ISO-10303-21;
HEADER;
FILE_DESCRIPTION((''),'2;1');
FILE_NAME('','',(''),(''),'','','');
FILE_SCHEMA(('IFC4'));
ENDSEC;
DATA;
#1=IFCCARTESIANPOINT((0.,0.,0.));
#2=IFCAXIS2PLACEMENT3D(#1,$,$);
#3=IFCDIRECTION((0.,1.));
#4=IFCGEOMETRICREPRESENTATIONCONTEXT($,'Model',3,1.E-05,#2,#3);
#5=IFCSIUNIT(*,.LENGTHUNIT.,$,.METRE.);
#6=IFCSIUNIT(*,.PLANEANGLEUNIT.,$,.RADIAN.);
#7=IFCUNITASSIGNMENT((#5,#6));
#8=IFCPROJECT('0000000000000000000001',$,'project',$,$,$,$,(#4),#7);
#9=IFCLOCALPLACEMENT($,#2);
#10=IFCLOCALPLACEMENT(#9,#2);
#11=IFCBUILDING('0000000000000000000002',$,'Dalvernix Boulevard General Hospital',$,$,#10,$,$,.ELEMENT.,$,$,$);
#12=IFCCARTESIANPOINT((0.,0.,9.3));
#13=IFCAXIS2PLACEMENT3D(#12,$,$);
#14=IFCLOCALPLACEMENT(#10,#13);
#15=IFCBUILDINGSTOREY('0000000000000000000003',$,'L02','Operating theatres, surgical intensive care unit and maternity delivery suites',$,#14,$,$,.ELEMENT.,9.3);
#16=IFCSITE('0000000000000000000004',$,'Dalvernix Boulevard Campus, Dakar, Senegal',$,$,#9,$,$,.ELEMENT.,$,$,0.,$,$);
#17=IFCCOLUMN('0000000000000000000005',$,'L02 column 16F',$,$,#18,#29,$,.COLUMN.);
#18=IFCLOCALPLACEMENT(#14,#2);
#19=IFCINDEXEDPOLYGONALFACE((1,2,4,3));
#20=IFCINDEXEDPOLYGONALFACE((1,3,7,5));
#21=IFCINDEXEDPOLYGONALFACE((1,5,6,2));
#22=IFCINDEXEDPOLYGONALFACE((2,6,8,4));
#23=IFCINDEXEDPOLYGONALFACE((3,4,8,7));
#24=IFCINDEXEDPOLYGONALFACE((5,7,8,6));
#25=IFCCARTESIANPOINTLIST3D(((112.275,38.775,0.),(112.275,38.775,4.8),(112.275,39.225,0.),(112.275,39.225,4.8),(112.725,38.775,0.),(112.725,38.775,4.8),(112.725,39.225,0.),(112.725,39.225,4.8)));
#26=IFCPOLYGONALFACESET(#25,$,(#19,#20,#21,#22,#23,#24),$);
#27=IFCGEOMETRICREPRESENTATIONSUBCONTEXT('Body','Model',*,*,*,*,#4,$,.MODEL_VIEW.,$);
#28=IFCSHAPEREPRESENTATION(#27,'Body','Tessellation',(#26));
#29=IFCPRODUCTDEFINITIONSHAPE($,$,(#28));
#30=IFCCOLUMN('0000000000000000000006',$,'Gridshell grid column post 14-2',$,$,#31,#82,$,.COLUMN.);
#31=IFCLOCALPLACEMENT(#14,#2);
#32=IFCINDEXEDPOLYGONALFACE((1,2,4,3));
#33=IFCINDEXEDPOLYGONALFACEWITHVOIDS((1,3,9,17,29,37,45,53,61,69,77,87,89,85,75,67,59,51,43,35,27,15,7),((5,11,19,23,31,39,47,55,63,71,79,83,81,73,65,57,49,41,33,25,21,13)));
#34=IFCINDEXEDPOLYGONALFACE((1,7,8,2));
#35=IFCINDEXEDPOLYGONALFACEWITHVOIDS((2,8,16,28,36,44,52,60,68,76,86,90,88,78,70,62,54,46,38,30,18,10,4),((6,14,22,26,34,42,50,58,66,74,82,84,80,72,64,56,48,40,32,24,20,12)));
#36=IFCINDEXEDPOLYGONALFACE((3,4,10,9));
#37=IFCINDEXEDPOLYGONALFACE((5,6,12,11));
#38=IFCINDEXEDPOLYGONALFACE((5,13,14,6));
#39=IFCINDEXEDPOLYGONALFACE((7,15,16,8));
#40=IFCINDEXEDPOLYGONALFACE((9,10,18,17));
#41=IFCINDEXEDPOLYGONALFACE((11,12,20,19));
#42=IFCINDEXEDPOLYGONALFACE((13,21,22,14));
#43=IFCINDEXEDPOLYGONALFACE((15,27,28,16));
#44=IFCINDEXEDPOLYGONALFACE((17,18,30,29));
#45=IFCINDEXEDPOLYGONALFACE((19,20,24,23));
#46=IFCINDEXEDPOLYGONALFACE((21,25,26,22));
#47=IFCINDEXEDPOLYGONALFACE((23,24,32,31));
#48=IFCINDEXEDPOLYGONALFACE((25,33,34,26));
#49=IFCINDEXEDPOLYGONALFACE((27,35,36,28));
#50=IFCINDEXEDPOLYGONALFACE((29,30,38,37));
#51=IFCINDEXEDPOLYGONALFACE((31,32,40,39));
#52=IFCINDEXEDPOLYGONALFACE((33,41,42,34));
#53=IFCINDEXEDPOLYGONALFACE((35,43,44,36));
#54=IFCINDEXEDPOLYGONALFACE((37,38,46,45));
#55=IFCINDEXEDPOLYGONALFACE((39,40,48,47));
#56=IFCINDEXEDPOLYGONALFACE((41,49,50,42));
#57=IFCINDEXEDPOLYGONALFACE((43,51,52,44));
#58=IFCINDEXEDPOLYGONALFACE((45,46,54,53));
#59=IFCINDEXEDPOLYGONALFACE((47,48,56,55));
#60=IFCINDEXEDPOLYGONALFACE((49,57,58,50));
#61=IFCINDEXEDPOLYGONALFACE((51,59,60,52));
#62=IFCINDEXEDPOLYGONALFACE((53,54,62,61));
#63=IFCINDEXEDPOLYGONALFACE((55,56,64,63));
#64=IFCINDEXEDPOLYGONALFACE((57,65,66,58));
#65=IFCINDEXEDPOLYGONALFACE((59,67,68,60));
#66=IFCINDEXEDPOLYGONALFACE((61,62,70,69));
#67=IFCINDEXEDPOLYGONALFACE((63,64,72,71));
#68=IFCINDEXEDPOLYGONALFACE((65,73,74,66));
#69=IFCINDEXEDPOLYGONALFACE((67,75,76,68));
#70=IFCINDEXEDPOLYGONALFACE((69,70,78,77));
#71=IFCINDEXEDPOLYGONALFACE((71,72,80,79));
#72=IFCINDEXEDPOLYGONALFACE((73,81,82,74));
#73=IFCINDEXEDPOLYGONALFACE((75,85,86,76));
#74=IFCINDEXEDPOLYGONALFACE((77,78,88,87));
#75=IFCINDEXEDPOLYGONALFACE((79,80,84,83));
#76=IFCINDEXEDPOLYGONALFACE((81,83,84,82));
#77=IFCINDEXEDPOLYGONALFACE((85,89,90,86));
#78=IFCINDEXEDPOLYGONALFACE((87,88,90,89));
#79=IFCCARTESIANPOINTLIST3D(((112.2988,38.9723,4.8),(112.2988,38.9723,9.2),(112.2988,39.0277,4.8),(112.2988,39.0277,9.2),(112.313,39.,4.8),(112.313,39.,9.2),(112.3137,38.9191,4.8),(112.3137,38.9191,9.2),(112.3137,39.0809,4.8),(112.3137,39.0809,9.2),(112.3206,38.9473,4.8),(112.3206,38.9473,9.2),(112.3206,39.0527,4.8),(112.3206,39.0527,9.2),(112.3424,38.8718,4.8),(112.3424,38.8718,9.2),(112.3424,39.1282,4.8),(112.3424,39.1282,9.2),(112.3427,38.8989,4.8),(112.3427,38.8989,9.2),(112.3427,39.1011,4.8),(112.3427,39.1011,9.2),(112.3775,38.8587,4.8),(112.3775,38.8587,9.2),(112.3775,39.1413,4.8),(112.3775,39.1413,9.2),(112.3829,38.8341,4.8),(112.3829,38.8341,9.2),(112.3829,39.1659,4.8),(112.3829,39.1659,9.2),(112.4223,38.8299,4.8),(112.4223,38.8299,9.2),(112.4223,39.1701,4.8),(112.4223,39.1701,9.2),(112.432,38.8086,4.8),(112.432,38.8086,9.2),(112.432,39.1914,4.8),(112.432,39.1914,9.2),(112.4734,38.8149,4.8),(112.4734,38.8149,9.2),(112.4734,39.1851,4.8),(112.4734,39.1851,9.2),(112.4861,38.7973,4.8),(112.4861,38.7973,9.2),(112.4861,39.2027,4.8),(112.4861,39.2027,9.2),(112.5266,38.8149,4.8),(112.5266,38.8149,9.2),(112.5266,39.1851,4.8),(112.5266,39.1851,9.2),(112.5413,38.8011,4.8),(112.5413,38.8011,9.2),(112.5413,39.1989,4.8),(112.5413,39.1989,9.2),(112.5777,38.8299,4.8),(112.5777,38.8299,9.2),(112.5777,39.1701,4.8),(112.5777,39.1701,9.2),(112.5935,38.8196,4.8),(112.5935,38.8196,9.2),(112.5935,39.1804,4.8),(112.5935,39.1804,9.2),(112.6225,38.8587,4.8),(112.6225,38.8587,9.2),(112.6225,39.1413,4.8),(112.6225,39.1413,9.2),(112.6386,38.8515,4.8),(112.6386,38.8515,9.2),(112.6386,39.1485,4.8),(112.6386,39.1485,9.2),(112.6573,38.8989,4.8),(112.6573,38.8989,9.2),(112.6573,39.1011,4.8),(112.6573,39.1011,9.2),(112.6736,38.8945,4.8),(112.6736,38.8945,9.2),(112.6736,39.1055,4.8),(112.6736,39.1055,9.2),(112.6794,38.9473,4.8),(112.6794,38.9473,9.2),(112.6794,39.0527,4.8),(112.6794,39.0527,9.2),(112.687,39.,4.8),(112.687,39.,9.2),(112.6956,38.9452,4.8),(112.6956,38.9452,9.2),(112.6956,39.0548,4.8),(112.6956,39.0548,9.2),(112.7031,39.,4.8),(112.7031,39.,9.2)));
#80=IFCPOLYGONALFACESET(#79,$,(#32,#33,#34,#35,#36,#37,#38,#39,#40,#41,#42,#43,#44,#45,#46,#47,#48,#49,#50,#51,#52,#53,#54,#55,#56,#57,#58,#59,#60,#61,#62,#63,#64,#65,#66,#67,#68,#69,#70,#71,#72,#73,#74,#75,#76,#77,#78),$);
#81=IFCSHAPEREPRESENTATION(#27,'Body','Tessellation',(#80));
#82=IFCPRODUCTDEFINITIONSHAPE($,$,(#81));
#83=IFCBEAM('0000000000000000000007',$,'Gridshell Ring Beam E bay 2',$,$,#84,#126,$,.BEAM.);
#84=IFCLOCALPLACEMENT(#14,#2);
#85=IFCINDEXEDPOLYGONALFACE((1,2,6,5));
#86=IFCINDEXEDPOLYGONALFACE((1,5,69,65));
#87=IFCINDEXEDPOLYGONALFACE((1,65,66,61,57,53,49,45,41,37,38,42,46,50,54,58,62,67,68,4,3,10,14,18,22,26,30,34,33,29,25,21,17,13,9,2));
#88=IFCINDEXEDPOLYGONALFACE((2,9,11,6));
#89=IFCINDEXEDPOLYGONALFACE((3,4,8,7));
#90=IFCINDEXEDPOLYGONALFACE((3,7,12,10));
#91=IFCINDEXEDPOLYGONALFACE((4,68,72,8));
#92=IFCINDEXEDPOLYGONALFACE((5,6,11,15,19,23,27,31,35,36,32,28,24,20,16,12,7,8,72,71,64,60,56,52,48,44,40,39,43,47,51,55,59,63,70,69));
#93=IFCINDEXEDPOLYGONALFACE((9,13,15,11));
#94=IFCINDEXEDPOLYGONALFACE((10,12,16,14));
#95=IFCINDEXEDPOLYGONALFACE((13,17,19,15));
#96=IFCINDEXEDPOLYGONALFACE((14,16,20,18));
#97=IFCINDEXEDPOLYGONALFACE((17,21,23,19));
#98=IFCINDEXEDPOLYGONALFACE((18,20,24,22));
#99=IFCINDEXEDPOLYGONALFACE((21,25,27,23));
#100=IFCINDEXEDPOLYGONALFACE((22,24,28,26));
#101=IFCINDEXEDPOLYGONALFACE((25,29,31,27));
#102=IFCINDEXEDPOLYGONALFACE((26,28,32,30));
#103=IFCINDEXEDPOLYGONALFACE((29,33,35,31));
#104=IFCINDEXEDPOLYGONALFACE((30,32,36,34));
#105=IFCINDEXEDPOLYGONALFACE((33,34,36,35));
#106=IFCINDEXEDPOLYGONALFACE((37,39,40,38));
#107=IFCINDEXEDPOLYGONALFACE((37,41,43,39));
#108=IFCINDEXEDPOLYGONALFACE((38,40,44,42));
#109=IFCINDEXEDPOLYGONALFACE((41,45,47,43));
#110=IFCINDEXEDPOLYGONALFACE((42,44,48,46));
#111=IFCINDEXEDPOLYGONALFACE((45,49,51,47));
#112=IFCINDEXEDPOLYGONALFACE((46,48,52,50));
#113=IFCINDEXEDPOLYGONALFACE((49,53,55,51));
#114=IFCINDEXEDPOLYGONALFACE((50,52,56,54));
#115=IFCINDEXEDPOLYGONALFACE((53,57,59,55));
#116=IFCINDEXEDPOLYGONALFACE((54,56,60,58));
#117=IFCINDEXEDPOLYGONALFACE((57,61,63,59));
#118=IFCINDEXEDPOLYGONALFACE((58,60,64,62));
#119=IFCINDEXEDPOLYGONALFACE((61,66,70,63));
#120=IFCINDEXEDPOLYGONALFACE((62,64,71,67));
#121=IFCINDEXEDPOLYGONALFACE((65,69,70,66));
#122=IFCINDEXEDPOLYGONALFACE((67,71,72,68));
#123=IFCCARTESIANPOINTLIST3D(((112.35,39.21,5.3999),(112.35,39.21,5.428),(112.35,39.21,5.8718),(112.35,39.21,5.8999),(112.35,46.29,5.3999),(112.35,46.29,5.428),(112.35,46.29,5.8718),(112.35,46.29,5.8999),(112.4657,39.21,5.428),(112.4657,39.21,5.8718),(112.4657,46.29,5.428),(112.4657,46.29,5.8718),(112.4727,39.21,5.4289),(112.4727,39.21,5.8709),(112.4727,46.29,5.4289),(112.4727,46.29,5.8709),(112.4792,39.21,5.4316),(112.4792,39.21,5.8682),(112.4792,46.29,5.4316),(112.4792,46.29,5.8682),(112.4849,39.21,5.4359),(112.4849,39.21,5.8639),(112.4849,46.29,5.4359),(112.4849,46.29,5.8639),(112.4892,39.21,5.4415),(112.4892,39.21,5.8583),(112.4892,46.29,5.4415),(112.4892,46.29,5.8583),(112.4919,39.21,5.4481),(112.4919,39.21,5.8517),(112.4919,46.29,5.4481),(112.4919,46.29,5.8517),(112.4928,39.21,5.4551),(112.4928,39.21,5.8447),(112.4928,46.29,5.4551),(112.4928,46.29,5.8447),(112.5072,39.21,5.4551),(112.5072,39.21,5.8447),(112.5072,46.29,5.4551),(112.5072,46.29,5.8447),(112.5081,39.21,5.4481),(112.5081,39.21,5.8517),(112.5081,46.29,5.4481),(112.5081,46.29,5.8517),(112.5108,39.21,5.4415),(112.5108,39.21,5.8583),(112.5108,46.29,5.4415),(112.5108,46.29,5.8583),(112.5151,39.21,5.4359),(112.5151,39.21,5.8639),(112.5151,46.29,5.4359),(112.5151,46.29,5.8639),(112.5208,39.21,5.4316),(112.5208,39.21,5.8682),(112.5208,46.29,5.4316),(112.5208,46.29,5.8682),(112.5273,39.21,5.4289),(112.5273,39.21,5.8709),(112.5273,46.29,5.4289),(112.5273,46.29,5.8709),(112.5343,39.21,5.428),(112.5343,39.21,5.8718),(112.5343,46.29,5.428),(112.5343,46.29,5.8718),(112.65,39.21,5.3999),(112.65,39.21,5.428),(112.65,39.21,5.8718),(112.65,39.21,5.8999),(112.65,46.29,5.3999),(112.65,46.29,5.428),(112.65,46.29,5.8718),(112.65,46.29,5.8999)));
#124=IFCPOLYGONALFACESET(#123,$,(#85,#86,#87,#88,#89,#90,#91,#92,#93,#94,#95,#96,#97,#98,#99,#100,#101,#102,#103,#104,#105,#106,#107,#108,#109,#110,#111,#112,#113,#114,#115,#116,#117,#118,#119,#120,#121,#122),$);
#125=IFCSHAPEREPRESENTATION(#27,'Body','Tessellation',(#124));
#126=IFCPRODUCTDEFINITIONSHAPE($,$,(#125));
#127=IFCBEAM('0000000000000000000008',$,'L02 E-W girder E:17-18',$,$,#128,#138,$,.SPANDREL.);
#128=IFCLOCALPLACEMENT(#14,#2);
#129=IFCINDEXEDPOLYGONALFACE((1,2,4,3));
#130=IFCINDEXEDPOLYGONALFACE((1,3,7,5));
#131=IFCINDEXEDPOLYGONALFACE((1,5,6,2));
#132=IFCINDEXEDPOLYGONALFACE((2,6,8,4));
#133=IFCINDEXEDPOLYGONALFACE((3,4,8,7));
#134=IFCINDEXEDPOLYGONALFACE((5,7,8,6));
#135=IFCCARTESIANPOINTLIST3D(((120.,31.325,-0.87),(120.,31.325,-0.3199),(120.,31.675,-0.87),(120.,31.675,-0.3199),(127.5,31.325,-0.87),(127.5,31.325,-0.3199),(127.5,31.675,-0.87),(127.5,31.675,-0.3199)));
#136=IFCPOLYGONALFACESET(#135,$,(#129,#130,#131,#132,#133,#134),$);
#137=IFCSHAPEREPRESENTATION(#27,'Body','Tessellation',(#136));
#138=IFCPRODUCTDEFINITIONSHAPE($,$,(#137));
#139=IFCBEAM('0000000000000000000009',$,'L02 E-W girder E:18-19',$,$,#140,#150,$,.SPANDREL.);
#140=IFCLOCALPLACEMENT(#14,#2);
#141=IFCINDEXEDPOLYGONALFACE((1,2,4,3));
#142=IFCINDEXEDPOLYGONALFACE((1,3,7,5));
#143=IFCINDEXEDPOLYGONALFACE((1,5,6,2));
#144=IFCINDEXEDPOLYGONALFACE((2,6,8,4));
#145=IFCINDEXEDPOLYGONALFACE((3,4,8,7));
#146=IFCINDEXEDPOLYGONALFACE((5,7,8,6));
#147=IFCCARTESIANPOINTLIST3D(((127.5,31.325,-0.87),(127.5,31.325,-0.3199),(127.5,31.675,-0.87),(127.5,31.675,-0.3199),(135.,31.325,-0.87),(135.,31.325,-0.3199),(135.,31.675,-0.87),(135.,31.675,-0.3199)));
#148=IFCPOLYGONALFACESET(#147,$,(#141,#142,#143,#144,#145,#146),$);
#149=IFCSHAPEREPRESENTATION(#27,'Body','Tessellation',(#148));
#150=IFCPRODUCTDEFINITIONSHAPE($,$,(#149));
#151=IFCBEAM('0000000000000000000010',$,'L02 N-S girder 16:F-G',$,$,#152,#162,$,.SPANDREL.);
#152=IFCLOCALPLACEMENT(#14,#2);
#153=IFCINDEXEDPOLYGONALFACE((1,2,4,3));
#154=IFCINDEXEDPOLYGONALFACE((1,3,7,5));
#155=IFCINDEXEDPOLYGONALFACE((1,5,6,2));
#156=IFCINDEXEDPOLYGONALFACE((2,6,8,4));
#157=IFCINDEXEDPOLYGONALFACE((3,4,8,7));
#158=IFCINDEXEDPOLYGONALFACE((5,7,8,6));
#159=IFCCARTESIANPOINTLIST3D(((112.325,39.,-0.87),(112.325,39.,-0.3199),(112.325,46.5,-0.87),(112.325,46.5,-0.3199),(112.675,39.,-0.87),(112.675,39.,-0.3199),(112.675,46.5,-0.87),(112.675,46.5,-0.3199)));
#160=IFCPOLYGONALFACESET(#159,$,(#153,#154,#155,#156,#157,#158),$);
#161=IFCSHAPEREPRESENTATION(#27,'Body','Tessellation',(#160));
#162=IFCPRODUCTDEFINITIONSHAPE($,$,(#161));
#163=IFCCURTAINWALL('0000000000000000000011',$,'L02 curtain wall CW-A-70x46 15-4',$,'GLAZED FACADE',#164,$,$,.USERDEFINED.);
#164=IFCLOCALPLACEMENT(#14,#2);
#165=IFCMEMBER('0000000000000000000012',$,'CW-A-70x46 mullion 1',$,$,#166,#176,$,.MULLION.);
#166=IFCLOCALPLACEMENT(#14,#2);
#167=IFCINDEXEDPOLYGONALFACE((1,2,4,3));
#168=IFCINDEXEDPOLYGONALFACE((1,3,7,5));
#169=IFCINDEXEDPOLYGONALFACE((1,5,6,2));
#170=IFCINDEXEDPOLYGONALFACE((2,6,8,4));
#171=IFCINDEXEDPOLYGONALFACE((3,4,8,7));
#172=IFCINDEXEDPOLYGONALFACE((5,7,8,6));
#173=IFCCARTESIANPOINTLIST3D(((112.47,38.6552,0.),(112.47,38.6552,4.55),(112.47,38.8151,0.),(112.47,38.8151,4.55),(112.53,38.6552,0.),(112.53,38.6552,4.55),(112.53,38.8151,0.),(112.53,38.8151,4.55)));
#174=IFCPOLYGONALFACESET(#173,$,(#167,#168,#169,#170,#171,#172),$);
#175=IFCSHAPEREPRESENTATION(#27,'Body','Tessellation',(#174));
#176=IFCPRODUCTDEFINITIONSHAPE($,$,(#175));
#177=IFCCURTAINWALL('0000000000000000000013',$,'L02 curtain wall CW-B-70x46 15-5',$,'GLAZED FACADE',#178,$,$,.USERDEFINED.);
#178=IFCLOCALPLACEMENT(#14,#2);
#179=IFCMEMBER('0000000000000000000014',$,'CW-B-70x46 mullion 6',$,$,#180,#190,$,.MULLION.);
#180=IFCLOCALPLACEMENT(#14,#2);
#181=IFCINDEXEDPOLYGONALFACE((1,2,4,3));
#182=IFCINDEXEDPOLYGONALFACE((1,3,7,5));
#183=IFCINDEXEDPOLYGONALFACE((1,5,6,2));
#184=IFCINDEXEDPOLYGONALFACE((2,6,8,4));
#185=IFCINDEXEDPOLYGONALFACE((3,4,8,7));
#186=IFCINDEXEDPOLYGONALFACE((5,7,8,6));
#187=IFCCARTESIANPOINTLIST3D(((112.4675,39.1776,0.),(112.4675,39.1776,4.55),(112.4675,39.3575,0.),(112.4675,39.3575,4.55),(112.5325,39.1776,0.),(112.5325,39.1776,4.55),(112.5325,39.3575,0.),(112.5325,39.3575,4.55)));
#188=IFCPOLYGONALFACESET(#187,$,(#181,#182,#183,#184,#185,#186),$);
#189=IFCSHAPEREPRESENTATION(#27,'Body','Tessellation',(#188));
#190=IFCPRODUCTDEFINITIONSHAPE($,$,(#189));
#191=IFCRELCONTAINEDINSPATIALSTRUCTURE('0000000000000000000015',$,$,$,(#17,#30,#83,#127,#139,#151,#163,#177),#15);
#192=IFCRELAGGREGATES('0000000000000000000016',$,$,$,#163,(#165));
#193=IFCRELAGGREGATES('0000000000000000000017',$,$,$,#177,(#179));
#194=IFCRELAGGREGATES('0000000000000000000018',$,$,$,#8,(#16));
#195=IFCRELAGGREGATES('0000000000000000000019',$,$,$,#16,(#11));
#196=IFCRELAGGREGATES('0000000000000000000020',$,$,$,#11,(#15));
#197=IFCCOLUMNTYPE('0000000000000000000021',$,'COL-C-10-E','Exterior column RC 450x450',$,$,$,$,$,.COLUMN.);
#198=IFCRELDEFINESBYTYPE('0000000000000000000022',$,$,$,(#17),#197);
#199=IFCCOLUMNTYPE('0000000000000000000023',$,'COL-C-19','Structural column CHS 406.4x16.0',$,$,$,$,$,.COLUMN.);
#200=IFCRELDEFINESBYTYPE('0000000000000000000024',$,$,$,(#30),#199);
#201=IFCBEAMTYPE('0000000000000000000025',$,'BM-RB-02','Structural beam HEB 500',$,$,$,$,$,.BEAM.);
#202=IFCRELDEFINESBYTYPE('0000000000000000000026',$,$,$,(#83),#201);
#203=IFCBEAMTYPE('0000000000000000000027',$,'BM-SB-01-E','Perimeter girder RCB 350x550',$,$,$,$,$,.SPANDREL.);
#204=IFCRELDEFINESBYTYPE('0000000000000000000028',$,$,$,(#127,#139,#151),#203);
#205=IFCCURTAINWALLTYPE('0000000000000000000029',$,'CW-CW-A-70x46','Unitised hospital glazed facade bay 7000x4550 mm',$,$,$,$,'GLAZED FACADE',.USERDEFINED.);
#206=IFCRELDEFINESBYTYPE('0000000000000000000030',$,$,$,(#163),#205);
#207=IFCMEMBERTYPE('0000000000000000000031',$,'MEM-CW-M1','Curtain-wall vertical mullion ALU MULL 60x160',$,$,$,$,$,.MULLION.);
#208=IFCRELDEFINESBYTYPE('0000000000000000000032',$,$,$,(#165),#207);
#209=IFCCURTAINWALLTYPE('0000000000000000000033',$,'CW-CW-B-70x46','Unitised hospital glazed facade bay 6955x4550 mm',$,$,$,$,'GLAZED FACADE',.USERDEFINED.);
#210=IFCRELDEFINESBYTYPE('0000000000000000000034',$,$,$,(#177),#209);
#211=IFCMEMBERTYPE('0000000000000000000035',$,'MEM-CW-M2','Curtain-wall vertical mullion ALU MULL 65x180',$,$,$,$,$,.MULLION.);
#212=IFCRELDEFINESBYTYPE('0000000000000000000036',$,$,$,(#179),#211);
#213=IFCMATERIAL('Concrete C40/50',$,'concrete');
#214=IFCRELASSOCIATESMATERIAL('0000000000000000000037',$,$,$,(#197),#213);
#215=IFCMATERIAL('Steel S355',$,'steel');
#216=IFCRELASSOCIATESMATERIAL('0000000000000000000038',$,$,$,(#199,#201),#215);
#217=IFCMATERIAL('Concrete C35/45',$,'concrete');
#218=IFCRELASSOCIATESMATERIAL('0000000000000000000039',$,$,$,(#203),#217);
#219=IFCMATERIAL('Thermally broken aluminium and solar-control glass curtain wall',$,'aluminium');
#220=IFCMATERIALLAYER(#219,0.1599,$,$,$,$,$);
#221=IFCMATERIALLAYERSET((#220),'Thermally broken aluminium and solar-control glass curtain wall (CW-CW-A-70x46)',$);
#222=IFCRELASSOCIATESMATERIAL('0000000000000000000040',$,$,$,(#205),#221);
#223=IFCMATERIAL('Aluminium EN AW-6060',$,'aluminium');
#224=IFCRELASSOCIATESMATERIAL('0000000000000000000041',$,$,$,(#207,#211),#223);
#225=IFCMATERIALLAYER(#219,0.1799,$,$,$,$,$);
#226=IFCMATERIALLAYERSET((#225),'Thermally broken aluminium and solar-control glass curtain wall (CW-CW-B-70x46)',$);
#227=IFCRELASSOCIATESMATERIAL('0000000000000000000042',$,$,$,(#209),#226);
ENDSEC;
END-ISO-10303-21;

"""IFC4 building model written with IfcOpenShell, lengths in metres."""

from ifc_helpers import new_model, si_unit, direction, frame, origin, origin_2d, place, context, subcontext, project, spatial, rectangle, hollow_circle, i_section, extrude, material, layer, layer_set, material_profile, profile_set, type_object, element, aggregate, save


model = new_model("IFC4")

# Units and contexts
model_context = context("Model", 3, precision=1e-05, world=origin(), true_north=direction((0.0, 1.0)))
body_context = subcontext(model_context, "Body", "Model", "MODEL_VIEW")
ifc_project = project(units=[si_unit("LENGTHUNIT", "METRE"), si_unit("PLANEANGLEUNIT", "RADIAN")], contexts=[model_context])

# Site, building, storey
site_placement = place(None, origin())
site = spatial("IfcSite", under=ifc_project, at=site_placement, Name="Dalvernix Boulevard Campus, Dakar, Senegal", CompositionType="ELEMENT", RefElevation=0.0)
building_placement = place(site_placement, origin())
building = spatial("IfcBuilding", under=site, at=building_placement, Name="Dalvernix Boulevard General Hospital", CompositionType="ELEMENT")
storey_placement = place(building_placement, frame((0.0, 0.0, 9.3)))
storey = spatial("IfcBuildingStorey", under=building, at=storey_placement, Name="L02", Description="Operating theatres, surgical intensive care unit and maternity delivery suites", CompositionType="ELEMENT", Elevation=9.3)

# Columns
ifc_material_1 = material(Name="Concrete C40/50", Category="concrete")
ifc_material_profile_1 = material_profile(ifc_material_1, rectangle(XDim=0.45, YDim=0.45, at=origin_2d()), Name="RC 450x450")
ifc_profile_set_1 = profile_set([ifc_material_profile_1], Name="Concrete C40/50")
column_type_1 = type_object("IfcColumnType", Name="COL-C-10-E", Description="Exterior column RC 450x450", PredefinedType="COLUMN", material=ifc_profile_set_1)
column_1_placement = place(storey_placement, frame((112.5, 39.0, 0.0), z_axis=(0.0, 0.0, 1.0), x_axis=(1.0, 0.0, 0.0)))
element("IfcColumn", 1, at=column_1_placement, inside=storey, type_object=column_type_1, Name="L02 column 16F", PredefinedType="COLUMN", context=body_context, shape_type="SweptSolid", body=[
    extrude(rectangle(XDim=0.45, YDim=0.45, at=origin_2d()), origin(), (0.0, 0.0, 1.0), 4.8),
])
ifc_material_2 = material(Name="Steel S355", Category="steel")
ifc_material_profile_2 = material_profile(ifc_material_2, hollow_circle(Radius=0.2031, WallThickness=0.0161, at=origin_2d()), Name="CHS 406.4x16.0")
ifc_profile_set_2 = profile_set([ifc_material_profile_2], Name="Steel S355")
column_type_2 = type_object("IfcColumnType", Name="COL-C-19", Description="Structural column CHS 406.4x16.0", PredefinedType="COLUMN", material=ifc_profile_set_2)
column_2_placement = place(storey_placement, frame((112.5, 39.0, 4.8), z_axis=(0.0, 0.0, 1.0), x_axis=(1.0, 0.0, 0.0)))
element("IfcColumn", 2, at=column_2_placement, inside=storey, type_object=column_type_2, Name="Gridshell grid column post 14-2", PredefinedType="COLUMN", context=body_context, shape_type="SweptSolid", body=[
    extrude(hollow_circle(Radius=0.2031, WallThickness=0.0161, at=origin_2d()), origin(), (0.0, 0.0, 1.0), 4.3999),
])

# Beams
ifc_material_profile_3 = material_profile(ifc_material_2, i_section(OverallWidth=0.3, OverallDepth=0.5, WebThickness=0.0144, FlangeThickness=0.0281, FilletRadius=0.0271, at=origin_2d()), Name="HEB 500")
ifc_profile_set_3 = profile_set([ifc_material_profile_3], Name="Steel S355")
beam_type_1 = type_object("IfcBeamType", Name="BM-RB-02", Description="Structural beam HEB 500", PredefinedType="BEAM", material=ifc_profile_set_3)
beam_placement = place(storey_placement, frame((112.5, 39.21, 5.6499), z_axis=(0.0, 1.0, 0.0), x_axis=(-1.0, 0.0, 0.0)))
element("IfcBeam", 3, at=beam_placement, inside=storey, type_object=beam_type_1, Name="Gridshell Ring Beam E bay 2", PredefinedType="BEAM", context=body_context, shape_type="SweptSolid", body=[
    extrude(i_section(OverallWidth=0.3, OverallDepth=0.5, WebThickness=0.0144, FlangeThickness=0.0281, FilletRadius=0.0271, at=origin_2d()), origin(), (0.0, 0.0, 1.0), 7.0801),
])
ifc_material_3 = material(Name="Concrete C35/45", Category="concrete")
ifc_material_profile_4 = material_profile(ifc_material_3, rectangle(XDim=0.3501, YDim=0.55, at=origin_2d()), Name="RCB 350x550")
ifc_profile_set_4 = profile_set([ifc_material_profile_4], Name="Concrete C35/45")
beam_type_2 = type_object("IfcBeamType", Name="BM-SB-01-E", Description="Perimeter girder RCB 350x550", PredefinedType="SPANDREL", material=ifc_profile_set_4)
for number, where, z_axis, x_axis, name in (
    (4, (120.0, 31.5, -0.595), (1.0, 0.0, 0.0), (0.0, 1.0, 0.0), "L02 E-W girder E:17-18"),
    (5, (127.5, 31.5, -0.595), (1.0, 0.0, 0.0), (0.0, 1.0, 0.0), "L02 E-W girder E:18-19"),
    (6, (112.5, 39.0, -0.595), (0.0, 1.0, 0.0), (-1.0, 0.0, 0.0), "L02 N-S girder 16:F-G"),
):
    element("IfcBeam", number, at=place(storey_placement, frame(where, z_axis=z_axis, x_axis=x_axis)), inside=storey, type_object=beam_type_2, Name=name, PredefinedType="SPANDREL", context=body_context, shape_type="SweptSolid", body=[
        extrude(rectangle(XDim=0.3501, YDim=0.55, at=origin_2d()), origin(), (0.0, 0.0, 1.0), 7.5),
    ])

# Curtain walls, members
ifc_material_4 = material(Name="Thermally broken aluminium and solar-control glass curtain wall", Category="aluminium")
ifc_layer_1 = layer(ifc_material_4, 0.1599)
ifc_layer_set_1 = layer_set([ifc_layer_1], Name="Thermally broken aluminium and solar-control glass curtain wall (CW-CW-A-70x46)")
curtain_wall_type_1 = type_object("IfcCurtainWallType", Name="CW-CW-A-70x46", Description="Unitised hospital glazed facade bay 7000x4550 mm", ElementType="GLAZED FACADE", PredefinedType="USERDEFINED", material=ifc_layer_set_1)
curtain_wall_1_placement = place(storey_placement, origin())
curtain_wall_1 = element("IfcCurtainWall", 7, at=curtain_wall_1_placement, inside=storey, type_object=curtain_wall_type_1, Name="L02 curtain wall CW-A-70x46 15-4", ObjectType="GLAZED FACADE", PredefinedType="USERDEFINED")
ifc_material_5 = material(Name="Aluminium EN AW-6060", Category="aluminium")
ifc_material_profile_5 = material_profile(ifc_material_5, rectangle(XDim=0.0601, YDim=0.1599, at=origin_2d()), Name="ALU MULL 60x160")
ifc_profile_set_5 = profile_set([ifc_material_profile_5], Name="Aluminium EN AW-6060")
member_type_1 = type_object("IfcMemberType", Name="MEM-CW-M1", Description="Curtain-wall vertical mullion ALU MULL 60x160", PredefinedType="MULLION", material=ifc_profile_set_5)
member_1_placement = place(storey_placement, frame((112.5, 38.7351, 0.0), z_axis=(0.0, 0.0, 1.0), x_axis=(1.0, 0.0, 0.0)))
member_1 = element("IfcMember", 8, at=member_1_placement, type_object=member_type_1, Name="CW-A-70x46 mullion 1", PredefinedType="MULLION", context=body_context, shape_type="SweptSolid", body=[
    extrude(rectangle(XDim=0.0601, YDim=0.1599, at=origin_2d()), origin(), (0.0, 0.0, 1.0), 4.55),
])
ifc_layer_2 = layer(ifc_material_4, 0.1799)
ifc_layer_set_2 = layer_set([ifc_layer_2], Name="Thermally broken aluminium and solar-control glass curtain wall (CW-CW-B-70x46)")
curtain_wall_type_2 = type_object("IfcCurtainWallType", Name="CW-CW-B-70x46", Description="Unitised hospital glazed facade bay 6955x4550 mm", ElementType="GLAZED FACADE", PredefinedType="USERDEFINED", material=ifc_layer_set_2)
curtain_wall_2_placement = place(storey_placement, origin())
curtain_wall_2 = element("IfcCurtainWall", 9, at=curtain_wall_2_placement, inside=storey, type_object=curtain_wall_type_2, Name="L02 curtain wall CW-B-70x46 15-5", ObjectType="GLAZED FACADE", PredefinedType="USERDEFINED")
ifc_material_profile_6 = material_profile(ifc_material_5, rectangle(XDim=0.0649, YDim=0.1799, at=origin_2d()), Name="ALU MULL 65x180")
ifc_profile_set_6 = profile_set([ifc_material_profile_6], Name="Aluminium EN AW-6060")
member_type_2 = type_object("IfcMemberType", Name="MEM-CW-M2", Description="Curtain-wall vertical mullion ALU MULL 65x180", PredefinedType="MULLION", material=ifc_profile_set_6)
member_2_placement = place(storey_placement, frame((112.5, 39.2676, 0.0), z_axis=(0.0, 0.0, 1.0), x_axis=(1.0, 0.0, 0.0)))
member_2 = element("IfcMember", 10, at=member_2_placement, type_object=member_type_2, Name="CW-B-70x46 mullion 6", PredefinedType="MULLION", context=body_context, shape_type="SweptSolid", body=[
    extrude(rectangle(XDim=0.0649, YDim=0.1799, at=origin_2d()), origin(), (0.0, 0.0, 1.0), 4.55),
])

aggregate(curtain_wall_1, [member_1])

aggregate(curtain_wall_2, [member_2])

save(model, "model.ifc")
